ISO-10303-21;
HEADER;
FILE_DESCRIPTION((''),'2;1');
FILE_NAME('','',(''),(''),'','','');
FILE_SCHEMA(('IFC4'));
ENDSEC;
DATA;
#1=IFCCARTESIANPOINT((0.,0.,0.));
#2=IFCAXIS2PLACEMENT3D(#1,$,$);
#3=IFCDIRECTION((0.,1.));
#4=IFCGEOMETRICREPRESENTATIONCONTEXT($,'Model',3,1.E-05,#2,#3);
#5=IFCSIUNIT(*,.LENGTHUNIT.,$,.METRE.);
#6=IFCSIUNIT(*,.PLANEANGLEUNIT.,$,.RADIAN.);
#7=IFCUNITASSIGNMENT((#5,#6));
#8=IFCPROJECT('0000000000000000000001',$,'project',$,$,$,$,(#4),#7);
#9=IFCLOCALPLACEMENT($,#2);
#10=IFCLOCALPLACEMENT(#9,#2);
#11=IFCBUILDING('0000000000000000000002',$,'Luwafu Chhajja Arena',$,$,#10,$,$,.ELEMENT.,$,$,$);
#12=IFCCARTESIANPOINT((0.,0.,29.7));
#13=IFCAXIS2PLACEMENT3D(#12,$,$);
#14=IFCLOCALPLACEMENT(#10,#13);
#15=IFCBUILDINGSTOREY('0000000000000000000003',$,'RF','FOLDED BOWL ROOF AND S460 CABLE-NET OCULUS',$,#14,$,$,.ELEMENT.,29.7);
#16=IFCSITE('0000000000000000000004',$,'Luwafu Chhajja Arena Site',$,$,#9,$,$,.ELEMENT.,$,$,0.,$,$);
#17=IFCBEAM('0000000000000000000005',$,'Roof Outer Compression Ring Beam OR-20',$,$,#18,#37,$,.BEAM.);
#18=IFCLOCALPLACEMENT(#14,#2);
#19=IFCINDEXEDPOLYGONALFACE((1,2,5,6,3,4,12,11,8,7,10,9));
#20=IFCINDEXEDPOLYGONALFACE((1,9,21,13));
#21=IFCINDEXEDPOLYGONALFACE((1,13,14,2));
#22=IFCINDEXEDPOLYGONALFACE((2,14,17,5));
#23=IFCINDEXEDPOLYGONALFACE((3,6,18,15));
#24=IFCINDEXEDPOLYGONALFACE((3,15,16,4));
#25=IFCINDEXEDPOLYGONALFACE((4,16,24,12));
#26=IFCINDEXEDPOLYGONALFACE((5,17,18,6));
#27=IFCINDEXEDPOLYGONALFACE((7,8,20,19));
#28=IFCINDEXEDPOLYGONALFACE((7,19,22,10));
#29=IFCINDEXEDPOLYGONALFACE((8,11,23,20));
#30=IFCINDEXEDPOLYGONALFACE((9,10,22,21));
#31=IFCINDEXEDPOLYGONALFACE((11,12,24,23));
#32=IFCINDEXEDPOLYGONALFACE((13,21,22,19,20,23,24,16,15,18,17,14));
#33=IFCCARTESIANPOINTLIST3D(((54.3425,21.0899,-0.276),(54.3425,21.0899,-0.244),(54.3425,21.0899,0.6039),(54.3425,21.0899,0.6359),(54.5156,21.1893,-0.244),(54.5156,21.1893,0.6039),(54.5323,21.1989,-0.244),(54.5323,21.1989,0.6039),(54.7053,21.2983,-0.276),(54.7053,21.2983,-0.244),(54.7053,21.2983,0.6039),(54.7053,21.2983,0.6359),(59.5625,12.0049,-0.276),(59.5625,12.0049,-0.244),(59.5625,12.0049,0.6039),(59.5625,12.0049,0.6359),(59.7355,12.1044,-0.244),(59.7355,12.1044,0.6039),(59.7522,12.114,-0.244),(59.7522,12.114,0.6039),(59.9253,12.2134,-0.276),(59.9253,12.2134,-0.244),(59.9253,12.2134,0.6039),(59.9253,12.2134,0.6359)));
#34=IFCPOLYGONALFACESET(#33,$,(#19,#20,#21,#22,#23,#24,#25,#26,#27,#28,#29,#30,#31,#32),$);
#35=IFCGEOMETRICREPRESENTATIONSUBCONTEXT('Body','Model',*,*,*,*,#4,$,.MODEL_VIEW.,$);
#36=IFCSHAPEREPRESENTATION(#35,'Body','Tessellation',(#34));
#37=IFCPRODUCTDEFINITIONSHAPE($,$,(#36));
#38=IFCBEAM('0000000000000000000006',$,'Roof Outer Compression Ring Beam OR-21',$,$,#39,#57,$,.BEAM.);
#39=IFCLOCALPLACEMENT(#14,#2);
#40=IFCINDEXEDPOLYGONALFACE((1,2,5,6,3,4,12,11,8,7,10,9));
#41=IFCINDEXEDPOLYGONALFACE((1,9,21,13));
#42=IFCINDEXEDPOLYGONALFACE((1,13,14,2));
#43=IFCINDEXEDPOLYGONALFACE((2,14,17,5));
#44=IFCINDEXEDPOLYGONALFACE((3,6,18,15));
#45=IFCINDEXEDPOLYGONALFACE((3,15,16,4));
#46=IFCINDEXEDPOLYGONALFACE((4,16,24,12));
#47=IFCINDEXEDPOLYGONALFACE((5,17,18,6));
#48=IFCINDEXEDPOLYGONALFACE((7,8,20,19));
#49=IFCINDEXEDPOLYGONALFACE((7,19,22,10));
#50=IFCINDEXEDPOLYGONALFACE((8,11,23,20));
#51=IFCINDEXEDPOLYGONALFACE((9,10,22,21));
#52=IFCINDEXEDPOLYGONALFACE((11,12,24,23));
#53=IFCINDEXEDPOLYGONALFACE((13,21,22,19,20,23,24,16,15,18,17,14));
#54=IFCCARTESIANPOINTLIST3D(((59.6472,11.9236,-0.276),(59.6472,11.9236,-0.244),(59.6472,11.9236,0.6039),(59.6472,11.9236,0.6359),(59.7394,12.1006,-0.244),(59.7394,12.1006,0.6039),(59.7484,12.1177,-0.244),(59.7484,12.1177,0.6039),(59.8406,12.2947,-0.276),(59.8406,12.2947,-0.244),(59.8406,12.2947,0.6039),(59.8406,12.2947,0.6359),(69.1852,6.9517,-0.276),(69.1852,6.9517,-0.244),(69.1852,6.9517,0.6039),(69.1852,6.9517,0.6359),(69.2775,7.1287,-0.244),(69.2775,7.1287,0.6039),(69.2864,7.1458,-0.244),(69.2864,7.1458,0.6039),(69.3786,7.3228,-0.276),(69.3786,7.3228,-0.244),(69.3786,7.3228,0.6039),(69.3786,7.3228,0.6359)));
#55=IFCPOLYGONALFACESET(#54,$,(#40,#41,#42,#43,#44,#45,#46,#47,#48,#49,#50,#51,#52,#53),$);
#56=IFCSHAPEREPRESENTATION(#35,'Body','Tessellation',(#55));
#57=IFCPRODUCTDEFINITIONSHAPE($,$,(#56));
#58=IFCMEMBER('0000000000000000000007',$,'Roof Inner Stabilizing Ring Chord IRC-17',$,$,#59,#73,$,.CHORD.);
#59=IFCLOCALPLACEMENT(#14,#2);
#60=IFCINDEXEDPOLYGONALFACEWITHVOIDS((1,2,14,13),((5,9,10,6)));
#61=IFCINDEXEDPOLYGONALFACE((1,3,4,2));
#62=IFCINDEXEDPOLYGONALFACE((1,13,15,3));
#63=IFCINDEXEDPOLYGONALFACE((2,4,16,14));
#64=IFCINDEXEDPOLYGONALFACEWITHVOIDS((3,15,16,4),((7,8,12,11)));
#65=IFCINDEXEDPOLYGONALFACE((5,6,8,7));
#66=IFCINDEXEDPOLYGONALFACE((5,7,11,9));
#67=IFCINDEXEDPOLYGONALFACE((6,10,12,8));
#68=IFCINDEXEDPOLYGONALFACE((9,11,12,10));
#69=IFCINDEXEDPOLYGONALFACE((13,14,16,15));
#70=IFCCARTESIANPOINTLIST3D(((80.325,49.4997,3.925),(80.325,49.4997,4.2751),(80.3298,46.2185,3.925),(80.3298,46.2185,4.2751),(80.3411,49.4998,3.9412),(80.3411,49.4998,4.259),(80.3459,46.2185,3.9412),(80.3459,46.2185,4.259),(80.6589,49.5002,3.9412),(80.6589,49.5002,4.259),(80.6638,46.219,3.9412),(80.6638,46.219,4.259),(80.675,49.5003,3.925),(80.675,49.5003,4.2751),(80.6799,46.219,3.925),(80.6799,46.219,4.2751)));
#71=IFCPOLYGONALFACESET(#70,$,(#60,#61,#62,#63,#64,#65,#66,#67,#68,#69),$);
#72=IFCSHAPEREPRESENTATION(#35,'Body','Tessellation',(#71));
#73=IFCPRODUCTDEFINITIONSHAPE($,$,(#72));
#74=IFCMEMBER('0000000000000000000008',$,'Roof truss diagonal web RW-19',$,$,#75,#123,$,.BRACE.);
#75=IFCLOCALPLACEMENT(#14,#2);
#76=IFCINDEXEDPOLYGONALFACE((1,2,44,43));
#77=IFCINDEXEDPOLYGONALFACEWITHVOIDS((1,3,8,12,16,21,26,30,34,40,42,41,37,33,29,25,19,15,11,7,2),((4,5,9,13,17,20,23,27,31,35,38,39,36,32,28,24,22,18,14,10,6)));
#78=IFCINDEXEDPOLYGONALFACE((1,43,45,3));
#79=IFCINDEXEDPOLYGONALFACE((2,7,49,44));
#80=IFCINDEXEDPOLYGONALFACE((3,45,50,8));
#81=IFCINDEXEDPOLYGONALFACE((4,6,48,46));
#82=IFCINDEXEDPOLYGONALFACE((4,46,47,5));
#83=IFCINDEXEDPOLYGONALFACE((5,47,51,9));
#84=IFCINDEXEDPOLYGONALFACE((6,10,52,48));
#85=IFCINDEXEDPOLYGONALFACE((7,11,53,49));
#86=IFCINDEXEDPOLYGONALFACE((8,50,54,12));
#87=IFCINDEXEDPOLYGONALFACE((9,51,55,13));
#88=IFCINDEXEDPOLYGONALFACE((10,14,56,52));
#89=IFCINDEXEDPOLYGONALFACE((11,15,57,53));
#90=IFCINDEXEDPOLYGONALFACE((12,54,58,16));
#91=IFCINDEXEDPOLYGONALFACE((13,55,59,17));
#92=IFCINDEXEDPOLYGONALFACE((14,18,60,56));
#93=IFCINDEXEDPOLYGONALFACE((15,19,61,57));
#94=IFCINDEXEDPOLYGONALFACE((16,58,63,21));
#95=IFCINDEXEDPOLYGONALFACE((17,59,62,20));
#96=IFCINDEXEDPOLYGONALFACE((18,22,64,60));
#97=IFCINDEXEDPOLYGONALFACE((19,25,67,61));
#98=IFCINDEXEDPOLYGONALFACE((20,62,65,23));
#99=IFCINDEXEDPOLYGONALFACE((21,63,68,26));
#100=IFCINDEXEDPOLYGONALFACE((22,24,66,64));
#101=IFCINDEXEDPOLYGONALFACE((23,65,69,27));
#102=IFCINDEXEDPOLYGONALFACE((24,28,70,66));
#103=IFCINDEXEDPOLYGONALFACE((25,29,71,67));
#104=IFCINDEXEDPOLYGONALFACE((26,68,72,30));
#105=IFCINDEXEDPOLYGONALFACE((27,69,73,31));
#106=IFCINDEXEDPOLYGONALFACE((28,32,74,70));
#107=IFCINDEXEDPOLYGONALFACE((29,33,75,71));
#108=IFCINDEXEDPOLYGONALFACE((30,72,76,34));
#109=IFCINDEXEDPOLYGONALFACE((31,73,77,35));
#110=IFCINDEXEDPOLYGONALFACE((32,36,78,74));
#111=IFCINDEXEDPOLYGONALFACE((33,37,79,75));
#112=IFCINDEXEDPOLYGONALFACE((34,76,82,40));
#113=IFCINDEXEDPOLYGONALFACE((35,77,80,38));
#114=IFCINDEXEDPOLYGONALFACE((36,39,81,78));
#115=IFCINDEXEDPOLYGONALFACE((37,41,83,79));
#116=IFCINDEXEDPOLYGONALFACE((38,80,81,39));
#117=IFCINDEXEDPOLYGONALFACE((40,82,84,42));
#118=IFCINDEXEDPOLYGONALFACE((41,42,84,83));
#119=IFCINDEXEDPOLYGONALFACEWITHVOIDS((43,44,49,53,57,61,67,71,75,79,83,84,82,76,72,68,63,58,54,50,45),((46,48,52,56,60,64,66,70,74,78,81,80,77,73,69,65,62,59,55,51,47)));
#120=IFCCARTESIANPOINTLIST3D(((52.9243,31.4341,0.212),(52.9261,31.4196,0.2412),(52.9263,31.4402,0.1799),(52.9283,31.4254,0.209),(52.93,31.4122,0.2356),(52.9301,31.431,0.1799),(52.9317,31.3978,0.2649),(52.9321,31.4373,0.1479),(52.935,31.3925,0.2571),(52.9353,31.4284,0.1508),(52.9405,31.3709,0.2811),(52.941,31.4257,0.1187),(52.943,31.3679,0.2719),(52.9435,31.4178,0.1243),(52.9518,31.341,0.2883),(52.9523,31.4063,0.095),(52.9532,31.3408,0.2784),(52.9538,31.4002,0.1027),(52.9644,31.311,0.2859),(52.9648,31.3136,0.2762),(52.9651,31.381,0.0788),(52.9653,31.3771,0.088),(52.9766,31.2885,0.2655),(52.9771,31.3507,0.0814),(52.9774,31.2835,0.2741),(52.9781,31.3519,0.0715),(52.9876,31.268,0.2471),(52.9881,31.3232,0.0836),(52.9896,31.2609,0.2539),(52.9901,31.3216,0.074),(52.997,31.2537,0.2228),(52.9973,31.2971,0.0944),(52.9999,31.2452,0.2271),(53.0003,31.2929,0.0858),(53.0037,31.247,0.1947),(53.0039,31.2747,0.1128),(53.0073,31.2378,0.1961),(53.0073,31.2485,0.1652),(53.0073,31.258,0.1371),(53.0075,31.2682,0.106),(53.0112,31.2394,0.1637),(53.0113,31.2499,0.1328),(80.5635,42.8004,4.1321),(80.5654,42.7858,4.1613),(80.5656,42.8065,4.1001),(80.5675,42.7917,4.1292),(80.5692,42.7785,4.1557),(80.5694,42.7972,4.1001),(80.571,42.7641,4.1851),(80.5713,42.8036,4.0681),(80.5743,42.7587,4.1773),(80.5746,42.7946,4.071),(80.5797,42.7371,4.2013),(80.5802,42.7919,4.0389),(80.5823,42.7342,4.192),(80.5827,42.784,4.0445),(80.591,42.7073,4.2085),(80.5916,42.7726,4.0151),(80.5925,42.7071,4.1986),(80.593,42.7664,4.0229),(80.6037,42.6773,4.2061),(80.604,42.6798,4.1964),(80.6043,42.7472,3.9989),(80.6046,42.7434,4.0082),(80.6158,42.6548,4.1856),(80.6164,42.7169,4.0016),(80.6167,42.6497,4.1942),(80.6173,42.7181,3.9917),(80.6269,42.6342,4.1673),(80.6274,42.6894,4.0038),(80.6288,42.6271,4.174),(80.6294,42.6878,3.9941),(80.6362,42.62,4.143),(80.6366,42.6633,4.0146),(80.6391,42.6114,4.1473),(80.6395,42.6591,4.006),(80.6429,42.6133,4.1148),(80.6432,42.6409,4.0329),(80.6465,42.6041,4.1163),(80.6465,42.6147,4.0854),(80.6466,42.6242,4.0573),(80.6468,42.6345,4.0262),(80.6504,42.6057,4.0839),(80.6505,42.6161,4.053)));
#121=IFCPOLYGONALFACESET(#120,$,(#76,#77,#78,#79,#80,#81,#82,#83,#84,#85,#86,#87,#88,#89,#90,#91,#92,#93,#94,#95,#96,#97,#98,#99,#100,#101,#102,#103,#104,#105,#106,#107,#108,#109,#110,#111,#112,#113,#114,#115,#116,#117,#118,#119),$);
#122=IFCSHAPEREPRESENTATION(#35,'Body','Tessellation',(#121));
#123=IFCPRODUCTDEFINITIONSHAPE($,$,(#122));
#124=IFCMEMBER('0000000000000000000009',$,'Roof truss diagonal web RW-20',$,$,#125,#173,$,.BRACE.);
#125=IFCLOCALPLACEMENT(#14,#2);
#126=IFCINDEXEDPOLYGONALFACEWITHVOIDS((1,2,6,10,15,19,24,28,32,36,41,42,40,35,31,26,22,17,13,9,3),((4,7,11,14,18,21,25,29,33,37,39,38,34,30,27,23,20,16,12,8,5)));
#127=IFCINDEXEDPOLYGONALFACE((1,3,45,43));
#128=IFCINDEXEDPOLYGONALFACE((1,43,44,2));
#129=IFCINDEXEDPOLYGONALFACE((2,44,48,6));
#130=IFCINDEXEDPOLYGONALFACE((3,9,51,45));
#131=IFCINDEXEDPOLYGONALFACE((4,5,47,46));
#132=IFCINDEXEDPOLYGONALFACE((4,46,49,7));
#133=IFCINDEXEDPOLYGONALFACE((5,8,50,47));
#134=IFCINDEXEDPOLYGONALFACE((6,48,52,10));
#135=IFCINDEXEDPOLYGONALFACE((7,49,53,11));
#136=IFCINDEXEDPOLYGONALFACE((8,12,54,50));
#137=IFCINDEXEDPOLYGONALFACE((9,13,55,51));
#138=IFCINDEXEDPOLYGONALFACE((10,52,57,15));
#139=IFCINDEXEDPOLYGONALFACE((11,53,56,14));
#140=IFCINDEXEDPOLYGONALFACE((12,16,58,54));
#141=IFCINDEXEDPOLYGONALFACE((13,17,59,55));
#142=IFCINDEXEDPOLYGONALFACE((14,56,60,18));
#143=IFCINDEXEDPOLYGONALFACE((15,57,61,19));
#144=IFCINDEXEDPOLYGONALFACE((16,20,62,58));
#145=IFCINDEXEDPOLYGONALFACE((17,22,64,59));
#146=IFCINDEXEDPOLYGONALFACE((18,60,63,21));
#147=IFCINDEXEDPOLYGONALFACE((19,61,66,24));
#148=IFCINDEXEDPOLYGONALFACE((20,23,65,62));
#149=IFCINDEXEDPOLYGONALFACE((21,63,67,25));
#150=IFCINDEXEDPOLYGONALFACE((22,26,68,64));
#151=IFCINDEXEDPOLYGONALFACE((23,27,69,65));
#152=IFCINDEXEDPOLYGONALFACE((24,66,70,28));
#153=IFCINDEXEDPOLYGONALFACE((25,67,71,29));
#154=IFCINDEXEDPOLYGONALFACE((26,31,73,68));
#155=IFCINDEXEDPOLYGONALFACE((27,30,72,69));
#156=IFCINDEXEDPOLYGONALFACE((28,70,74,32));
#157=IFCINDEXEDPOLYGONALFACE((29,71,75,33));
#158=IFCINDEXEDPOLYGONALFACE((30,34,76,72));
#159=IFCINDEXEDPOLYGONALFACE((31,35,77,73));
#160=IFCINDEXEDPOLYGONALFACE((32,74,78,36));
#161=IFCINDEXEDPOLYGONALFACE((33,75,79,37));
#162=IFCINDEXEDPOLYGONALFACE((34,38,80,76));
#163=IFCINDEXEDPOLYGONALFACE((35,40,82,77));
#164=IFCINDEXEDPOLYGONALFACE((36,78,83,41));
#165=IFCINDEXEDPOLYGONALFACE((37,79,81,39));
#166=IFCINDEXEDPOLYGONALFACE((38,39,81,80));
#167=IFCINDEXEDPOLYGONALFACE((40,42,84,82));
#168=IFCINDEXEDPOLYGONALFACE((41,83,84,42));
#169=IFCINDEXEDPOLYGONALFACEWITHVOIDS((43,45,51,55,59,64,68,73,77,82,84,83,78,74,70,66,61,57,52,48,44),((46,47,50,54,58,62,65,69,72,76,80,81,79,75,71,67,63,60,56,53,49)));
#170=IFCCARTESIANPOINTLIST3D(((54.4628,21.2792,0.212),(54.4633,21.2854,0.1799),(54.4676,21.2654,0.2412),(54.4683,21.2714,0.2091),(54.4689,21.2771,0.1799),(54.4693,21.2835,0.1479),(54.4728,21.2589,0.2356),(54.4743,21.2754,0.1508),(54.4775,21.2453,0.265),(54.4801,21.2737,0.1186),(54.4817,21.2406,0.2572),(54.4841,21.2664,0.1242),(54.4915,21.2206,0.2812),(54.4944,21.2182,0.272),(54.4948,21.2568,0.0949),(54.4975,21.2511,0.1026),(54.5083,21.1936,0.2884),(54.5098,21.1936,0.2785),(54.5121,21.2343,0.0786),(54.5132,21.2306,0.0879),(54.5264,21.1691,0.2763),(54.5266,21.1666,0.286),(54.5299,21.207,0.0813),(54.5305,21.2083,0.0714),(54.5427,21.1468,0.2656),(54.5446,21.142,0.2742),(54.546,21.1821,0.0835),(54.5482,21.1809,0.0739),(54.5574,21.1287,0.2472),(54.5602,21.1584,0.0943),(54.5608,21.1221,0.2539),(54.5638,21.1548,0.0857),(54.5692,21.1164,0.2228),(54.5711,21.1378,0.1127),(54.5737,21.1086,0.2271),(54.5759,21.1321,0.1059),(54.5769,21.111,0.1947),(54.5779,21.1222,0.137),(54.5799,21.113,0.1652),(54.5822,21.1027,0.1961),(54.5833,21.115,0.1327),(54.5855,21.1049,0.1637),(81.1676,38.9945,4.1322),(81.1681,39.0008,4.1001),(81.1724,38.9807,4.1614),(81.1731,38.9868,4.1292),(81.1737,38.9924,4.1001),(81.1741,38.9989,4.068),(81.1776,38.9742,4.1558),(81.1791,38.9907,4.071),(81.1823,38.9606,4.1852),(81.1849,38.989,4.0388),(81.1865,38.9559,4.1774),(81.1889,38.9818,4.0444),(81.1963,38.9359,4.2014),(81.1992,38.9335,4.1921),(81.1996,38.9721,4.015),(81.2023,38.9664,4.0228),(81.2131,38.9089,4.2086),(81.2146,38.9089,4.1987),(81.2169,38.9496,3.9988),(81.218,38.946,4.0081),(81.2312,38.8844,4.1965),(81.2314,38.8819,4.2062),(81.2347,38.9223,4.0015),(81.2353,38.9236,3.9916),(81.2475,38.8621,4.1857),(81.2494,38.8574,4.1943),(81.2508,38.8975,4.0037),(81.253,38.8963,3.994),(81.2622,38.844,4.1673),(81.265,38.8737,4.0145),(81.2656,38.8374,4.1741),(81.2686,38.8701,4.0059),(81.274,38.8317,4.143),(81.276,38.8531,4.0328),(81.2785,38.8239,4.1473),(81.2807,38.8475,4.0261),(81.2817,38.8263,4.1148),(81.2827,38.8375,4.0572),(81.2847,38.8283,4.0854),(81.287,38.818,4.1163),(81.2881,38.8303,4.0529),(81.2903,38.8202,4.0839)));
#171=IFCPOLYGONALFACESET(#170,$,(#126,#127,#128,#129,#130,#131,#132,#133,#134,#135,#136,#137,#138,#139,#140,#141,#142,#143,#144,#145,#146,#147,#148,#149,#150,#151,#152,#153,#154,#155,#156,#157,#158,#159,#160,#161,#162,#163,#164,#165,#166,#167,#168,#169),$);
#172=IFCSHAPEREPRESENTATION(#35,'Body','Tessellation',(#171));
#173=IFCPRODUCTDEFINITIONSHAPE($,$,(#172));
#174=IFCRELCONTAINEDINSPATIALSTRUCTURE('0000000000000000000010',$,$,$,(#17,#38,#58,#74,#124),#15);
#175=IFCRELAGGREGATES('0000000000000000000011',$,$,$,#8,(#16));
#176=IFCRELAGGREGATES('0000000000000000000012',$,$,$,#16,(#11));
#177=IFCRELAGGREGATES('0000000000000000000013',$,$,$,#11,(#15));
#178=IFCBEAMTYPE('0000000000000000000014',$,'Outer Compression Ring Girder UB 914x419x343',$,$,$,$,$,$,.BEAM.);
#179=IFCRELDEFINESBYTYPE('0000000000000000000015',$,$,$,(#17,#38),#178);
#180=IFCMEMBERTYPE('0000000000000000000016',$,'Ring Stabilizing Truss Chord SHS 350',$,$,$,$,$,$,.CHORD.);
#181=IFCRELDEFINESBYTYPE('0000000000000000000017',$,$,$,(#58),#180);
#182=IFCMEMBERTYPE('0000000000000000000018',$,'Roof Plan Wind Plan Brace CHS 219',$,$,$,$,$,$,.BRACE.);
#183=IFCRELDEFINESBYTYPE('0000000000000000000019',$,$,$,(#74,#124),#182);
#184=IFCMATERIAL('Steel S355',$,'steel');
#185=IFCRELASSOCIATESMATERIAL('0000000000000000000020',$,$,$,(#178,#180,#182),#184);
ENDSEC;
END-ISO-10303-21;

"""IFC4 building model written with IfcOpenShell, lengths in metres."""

from ifc_helpers import new_model, si_unit, direction, frame, origin, origin_2d, place, context, subcontext, project, spatial, hollow_rectangle, hollow_circle, i_section, extrude, material, material_profile, profile_set, type_object, element, save


model = new_model("IFC4")

# Units and contexts
model_context = context("Model", 3, precision=1e-05, world=origin(), true_north=direction((0.0, 1.0)))
body_context = subcontext(model_context, "Body", "Model", "MODEL_VIEW")
ifc_project = project(units=[si_unit("LENGTHUNIT", "METRE"), si_unit("PLANEANGLEUNIT", "RADIAN")], contexts=[model_context])

# Site, building, storey
site_placement = place(None, origin())
site = spatial("IfcSite", under=ifc_project, at=site_placement, Name="Luwafu Chhajja Arena Site", CompositionType="ELEMENT", RefElevation=0.0)
building_placement = place(site_placement, origin())
building = spatial("IfcBuilding", under=site, at=building_placement, Name="Luwafu Chhajja Arena", CompositionType="ELEMENT")
storey_placement = place(building_placement, frame((0.0, 0.0, 29.7)))
storey = spatial("IfcBuildingStorey", under=building, at=storey_placement, Name="RF", Description="FOLDED BOWL ROOF AND S460 CABLE-NET OCULUS", CompositionType="ELEMENT", Elevation=29.7)

# Shared definitions
ifc_material_1 = material(Name="Steel S355", Category="steel")

# Beams
ifc_material_profile_1 = material_profile(ifc_material_1, i_section(OverallWidth=0.4185, OverallDepth=0.9119, WebThickness=0.0193, FlangeThickness=0.032, at=origin_2d()), Name="UB 914x419x343")
ifc_profile_set_1 = profile_set([ifc_material_profile_1], Name="Steel S355")
beam_type_1 = type_object("IfcBeamType", Name="Outer Compression Ring Girder UB 914x419x343", PredefinedType="BEAM", material=ifc_profile_set_1)
beam_1_placement = place(storey_placement, frame((54.5239, 21.1941, 0.1799), z_axis=(0.498193, -0.867066, 0.0), x_axis=(0.867066, 0.498193, 0.0)))
element("IfcBeam", 1, at=beam_1_placement, inside=storey, type_object=beam_type_1, Name="Roof Outer Compression Ring Beam OR-20", PredefinedType="BEAM", context=body_context, shape_type="SweptSolid", body=[
    extrude(i_section(OverallWidth=0.4185, OverallDepth=0.9119, WebThickness=0.0193, FlangeThickness=0.032, at=origin_2d()), origin(), (0.0, 0.0, 1.0), 10.4778),
])
beam_2_placement = place(storey_placement, frame((59.7439, 12.1091, 0.1799), z_axis=(0.886755, -0.462239, 0.0), x_axis=(0.462239, 0.886755, 0.0)))
element("IfcBeam", 2, at=beam_2_placement, inside=storey, type_object=beam_type_1, Name="Roof Outer Compression Ring Beam OR-21", PredefinedType="BEAM", context=body_context, shape_type="SweptSolid", body=[
    extrude(i_section(OverallWidth=0.4185, OverallDepth=0.9119, WebThickness=0.0193, FlangeThickness=0.032, at=origin_2d()), origin(), (0.0, 0.0, 1.0), 10.7561),
])

# Members
ifc_material_profile_2 = material_profile(ifc_material_1, hollow_rectangle(XDim=0.3501, YDim=0.3501, WallThickness=0.0161, at=origin_2d()), Name="SHS 350x350x16")
ifc_profile_set_2 = profile_set([ifc_material_profile_2], Name="Steel S355")
member_type_1 = type_object("IfcMemberType", Name="Ring Stabilizing Truss Chord SHS 350", PredefinedType="CHORD", material=ifc_profile_set_2)
member_1_placement = place(storey_placement, frame((80.5, 49.5, 4.1001), z_axis=(0.001488, -0.999999, 0.0), x_axis=(0.999999, 0.001488, 0.0)))
element("IfcMember", 3, at=member_1_placement, inside=storey, type_object=member_type_1, Name="Roof Inner Stabilizing Ring Chord IRC-17", PredefinedType="CHORD", context=body_context, shape_type="SweptSolid", body=[
    extrude(hollow_rectangle(XDim=0.3501, YDim=0.3501, WallThickness=0.0161, at=origin_2d()), origin(), (0.0, 0.0, 1.0), 3.2812),
])
ifc_material_profile_3 = material_profile(ifc_material_1, hollow_circle(Radius=0.1096, WallThickness=0.01, at=origin_2d()), Name="CHS 219.1x10")
ifc_profile_set_3 = profile_set([ifc_material_profile_3], Name="Steel S355")
member_type_2 = type_object("IfcMemberType", Name="Roof Plan Wind Plan Brace CHS 219", PredefinedType="BRACE", material=ifc_profile_set_3)
member_2_placement = place(storey_placement, frame((52.968, 31.3389, 0.1799), z_axis=(0.916995, 0.377101, 0.130061), x_axis=(-0.380331, 0.92485, 0.0)))
element("IfcMember", 4, at=member_2_placement, inside=storey, type_object=member_type_2, Name="Roof truss diagonal web RW-19", PredefinedType="BRACE", context=body_context, shape_type="SweptSolid", body=[
    extrude(hollow_circle(Radius=0.1096, WallThickness=0.01, at=origin_2d()), origin(), (0.0, 0.0, 1.0), 30.1411),
])
member_3_placement = place(storey_placement, frame((54.5239, 21.1941, 0.1799), z_axis=(0.827148, 0.54871, 0.121422), x_axis=(-0.5528, 0.833314, 0.0)))
element("IfcMember", 5, at=member_3_placement, inside=storey, type_object=member_type_2, Name="Roof truss diagonal web RW-20", PredefinedType="BRACE", context=body_context, shape_type="SweptSolid", body=[
    extrude(hollow_circle(Radius=0.1096, WallThickness=0.01, at=origin_2d()), origin(), (0.0, 0.0, 1.0), 32.2854),
])

save(model, "model.ifc")
